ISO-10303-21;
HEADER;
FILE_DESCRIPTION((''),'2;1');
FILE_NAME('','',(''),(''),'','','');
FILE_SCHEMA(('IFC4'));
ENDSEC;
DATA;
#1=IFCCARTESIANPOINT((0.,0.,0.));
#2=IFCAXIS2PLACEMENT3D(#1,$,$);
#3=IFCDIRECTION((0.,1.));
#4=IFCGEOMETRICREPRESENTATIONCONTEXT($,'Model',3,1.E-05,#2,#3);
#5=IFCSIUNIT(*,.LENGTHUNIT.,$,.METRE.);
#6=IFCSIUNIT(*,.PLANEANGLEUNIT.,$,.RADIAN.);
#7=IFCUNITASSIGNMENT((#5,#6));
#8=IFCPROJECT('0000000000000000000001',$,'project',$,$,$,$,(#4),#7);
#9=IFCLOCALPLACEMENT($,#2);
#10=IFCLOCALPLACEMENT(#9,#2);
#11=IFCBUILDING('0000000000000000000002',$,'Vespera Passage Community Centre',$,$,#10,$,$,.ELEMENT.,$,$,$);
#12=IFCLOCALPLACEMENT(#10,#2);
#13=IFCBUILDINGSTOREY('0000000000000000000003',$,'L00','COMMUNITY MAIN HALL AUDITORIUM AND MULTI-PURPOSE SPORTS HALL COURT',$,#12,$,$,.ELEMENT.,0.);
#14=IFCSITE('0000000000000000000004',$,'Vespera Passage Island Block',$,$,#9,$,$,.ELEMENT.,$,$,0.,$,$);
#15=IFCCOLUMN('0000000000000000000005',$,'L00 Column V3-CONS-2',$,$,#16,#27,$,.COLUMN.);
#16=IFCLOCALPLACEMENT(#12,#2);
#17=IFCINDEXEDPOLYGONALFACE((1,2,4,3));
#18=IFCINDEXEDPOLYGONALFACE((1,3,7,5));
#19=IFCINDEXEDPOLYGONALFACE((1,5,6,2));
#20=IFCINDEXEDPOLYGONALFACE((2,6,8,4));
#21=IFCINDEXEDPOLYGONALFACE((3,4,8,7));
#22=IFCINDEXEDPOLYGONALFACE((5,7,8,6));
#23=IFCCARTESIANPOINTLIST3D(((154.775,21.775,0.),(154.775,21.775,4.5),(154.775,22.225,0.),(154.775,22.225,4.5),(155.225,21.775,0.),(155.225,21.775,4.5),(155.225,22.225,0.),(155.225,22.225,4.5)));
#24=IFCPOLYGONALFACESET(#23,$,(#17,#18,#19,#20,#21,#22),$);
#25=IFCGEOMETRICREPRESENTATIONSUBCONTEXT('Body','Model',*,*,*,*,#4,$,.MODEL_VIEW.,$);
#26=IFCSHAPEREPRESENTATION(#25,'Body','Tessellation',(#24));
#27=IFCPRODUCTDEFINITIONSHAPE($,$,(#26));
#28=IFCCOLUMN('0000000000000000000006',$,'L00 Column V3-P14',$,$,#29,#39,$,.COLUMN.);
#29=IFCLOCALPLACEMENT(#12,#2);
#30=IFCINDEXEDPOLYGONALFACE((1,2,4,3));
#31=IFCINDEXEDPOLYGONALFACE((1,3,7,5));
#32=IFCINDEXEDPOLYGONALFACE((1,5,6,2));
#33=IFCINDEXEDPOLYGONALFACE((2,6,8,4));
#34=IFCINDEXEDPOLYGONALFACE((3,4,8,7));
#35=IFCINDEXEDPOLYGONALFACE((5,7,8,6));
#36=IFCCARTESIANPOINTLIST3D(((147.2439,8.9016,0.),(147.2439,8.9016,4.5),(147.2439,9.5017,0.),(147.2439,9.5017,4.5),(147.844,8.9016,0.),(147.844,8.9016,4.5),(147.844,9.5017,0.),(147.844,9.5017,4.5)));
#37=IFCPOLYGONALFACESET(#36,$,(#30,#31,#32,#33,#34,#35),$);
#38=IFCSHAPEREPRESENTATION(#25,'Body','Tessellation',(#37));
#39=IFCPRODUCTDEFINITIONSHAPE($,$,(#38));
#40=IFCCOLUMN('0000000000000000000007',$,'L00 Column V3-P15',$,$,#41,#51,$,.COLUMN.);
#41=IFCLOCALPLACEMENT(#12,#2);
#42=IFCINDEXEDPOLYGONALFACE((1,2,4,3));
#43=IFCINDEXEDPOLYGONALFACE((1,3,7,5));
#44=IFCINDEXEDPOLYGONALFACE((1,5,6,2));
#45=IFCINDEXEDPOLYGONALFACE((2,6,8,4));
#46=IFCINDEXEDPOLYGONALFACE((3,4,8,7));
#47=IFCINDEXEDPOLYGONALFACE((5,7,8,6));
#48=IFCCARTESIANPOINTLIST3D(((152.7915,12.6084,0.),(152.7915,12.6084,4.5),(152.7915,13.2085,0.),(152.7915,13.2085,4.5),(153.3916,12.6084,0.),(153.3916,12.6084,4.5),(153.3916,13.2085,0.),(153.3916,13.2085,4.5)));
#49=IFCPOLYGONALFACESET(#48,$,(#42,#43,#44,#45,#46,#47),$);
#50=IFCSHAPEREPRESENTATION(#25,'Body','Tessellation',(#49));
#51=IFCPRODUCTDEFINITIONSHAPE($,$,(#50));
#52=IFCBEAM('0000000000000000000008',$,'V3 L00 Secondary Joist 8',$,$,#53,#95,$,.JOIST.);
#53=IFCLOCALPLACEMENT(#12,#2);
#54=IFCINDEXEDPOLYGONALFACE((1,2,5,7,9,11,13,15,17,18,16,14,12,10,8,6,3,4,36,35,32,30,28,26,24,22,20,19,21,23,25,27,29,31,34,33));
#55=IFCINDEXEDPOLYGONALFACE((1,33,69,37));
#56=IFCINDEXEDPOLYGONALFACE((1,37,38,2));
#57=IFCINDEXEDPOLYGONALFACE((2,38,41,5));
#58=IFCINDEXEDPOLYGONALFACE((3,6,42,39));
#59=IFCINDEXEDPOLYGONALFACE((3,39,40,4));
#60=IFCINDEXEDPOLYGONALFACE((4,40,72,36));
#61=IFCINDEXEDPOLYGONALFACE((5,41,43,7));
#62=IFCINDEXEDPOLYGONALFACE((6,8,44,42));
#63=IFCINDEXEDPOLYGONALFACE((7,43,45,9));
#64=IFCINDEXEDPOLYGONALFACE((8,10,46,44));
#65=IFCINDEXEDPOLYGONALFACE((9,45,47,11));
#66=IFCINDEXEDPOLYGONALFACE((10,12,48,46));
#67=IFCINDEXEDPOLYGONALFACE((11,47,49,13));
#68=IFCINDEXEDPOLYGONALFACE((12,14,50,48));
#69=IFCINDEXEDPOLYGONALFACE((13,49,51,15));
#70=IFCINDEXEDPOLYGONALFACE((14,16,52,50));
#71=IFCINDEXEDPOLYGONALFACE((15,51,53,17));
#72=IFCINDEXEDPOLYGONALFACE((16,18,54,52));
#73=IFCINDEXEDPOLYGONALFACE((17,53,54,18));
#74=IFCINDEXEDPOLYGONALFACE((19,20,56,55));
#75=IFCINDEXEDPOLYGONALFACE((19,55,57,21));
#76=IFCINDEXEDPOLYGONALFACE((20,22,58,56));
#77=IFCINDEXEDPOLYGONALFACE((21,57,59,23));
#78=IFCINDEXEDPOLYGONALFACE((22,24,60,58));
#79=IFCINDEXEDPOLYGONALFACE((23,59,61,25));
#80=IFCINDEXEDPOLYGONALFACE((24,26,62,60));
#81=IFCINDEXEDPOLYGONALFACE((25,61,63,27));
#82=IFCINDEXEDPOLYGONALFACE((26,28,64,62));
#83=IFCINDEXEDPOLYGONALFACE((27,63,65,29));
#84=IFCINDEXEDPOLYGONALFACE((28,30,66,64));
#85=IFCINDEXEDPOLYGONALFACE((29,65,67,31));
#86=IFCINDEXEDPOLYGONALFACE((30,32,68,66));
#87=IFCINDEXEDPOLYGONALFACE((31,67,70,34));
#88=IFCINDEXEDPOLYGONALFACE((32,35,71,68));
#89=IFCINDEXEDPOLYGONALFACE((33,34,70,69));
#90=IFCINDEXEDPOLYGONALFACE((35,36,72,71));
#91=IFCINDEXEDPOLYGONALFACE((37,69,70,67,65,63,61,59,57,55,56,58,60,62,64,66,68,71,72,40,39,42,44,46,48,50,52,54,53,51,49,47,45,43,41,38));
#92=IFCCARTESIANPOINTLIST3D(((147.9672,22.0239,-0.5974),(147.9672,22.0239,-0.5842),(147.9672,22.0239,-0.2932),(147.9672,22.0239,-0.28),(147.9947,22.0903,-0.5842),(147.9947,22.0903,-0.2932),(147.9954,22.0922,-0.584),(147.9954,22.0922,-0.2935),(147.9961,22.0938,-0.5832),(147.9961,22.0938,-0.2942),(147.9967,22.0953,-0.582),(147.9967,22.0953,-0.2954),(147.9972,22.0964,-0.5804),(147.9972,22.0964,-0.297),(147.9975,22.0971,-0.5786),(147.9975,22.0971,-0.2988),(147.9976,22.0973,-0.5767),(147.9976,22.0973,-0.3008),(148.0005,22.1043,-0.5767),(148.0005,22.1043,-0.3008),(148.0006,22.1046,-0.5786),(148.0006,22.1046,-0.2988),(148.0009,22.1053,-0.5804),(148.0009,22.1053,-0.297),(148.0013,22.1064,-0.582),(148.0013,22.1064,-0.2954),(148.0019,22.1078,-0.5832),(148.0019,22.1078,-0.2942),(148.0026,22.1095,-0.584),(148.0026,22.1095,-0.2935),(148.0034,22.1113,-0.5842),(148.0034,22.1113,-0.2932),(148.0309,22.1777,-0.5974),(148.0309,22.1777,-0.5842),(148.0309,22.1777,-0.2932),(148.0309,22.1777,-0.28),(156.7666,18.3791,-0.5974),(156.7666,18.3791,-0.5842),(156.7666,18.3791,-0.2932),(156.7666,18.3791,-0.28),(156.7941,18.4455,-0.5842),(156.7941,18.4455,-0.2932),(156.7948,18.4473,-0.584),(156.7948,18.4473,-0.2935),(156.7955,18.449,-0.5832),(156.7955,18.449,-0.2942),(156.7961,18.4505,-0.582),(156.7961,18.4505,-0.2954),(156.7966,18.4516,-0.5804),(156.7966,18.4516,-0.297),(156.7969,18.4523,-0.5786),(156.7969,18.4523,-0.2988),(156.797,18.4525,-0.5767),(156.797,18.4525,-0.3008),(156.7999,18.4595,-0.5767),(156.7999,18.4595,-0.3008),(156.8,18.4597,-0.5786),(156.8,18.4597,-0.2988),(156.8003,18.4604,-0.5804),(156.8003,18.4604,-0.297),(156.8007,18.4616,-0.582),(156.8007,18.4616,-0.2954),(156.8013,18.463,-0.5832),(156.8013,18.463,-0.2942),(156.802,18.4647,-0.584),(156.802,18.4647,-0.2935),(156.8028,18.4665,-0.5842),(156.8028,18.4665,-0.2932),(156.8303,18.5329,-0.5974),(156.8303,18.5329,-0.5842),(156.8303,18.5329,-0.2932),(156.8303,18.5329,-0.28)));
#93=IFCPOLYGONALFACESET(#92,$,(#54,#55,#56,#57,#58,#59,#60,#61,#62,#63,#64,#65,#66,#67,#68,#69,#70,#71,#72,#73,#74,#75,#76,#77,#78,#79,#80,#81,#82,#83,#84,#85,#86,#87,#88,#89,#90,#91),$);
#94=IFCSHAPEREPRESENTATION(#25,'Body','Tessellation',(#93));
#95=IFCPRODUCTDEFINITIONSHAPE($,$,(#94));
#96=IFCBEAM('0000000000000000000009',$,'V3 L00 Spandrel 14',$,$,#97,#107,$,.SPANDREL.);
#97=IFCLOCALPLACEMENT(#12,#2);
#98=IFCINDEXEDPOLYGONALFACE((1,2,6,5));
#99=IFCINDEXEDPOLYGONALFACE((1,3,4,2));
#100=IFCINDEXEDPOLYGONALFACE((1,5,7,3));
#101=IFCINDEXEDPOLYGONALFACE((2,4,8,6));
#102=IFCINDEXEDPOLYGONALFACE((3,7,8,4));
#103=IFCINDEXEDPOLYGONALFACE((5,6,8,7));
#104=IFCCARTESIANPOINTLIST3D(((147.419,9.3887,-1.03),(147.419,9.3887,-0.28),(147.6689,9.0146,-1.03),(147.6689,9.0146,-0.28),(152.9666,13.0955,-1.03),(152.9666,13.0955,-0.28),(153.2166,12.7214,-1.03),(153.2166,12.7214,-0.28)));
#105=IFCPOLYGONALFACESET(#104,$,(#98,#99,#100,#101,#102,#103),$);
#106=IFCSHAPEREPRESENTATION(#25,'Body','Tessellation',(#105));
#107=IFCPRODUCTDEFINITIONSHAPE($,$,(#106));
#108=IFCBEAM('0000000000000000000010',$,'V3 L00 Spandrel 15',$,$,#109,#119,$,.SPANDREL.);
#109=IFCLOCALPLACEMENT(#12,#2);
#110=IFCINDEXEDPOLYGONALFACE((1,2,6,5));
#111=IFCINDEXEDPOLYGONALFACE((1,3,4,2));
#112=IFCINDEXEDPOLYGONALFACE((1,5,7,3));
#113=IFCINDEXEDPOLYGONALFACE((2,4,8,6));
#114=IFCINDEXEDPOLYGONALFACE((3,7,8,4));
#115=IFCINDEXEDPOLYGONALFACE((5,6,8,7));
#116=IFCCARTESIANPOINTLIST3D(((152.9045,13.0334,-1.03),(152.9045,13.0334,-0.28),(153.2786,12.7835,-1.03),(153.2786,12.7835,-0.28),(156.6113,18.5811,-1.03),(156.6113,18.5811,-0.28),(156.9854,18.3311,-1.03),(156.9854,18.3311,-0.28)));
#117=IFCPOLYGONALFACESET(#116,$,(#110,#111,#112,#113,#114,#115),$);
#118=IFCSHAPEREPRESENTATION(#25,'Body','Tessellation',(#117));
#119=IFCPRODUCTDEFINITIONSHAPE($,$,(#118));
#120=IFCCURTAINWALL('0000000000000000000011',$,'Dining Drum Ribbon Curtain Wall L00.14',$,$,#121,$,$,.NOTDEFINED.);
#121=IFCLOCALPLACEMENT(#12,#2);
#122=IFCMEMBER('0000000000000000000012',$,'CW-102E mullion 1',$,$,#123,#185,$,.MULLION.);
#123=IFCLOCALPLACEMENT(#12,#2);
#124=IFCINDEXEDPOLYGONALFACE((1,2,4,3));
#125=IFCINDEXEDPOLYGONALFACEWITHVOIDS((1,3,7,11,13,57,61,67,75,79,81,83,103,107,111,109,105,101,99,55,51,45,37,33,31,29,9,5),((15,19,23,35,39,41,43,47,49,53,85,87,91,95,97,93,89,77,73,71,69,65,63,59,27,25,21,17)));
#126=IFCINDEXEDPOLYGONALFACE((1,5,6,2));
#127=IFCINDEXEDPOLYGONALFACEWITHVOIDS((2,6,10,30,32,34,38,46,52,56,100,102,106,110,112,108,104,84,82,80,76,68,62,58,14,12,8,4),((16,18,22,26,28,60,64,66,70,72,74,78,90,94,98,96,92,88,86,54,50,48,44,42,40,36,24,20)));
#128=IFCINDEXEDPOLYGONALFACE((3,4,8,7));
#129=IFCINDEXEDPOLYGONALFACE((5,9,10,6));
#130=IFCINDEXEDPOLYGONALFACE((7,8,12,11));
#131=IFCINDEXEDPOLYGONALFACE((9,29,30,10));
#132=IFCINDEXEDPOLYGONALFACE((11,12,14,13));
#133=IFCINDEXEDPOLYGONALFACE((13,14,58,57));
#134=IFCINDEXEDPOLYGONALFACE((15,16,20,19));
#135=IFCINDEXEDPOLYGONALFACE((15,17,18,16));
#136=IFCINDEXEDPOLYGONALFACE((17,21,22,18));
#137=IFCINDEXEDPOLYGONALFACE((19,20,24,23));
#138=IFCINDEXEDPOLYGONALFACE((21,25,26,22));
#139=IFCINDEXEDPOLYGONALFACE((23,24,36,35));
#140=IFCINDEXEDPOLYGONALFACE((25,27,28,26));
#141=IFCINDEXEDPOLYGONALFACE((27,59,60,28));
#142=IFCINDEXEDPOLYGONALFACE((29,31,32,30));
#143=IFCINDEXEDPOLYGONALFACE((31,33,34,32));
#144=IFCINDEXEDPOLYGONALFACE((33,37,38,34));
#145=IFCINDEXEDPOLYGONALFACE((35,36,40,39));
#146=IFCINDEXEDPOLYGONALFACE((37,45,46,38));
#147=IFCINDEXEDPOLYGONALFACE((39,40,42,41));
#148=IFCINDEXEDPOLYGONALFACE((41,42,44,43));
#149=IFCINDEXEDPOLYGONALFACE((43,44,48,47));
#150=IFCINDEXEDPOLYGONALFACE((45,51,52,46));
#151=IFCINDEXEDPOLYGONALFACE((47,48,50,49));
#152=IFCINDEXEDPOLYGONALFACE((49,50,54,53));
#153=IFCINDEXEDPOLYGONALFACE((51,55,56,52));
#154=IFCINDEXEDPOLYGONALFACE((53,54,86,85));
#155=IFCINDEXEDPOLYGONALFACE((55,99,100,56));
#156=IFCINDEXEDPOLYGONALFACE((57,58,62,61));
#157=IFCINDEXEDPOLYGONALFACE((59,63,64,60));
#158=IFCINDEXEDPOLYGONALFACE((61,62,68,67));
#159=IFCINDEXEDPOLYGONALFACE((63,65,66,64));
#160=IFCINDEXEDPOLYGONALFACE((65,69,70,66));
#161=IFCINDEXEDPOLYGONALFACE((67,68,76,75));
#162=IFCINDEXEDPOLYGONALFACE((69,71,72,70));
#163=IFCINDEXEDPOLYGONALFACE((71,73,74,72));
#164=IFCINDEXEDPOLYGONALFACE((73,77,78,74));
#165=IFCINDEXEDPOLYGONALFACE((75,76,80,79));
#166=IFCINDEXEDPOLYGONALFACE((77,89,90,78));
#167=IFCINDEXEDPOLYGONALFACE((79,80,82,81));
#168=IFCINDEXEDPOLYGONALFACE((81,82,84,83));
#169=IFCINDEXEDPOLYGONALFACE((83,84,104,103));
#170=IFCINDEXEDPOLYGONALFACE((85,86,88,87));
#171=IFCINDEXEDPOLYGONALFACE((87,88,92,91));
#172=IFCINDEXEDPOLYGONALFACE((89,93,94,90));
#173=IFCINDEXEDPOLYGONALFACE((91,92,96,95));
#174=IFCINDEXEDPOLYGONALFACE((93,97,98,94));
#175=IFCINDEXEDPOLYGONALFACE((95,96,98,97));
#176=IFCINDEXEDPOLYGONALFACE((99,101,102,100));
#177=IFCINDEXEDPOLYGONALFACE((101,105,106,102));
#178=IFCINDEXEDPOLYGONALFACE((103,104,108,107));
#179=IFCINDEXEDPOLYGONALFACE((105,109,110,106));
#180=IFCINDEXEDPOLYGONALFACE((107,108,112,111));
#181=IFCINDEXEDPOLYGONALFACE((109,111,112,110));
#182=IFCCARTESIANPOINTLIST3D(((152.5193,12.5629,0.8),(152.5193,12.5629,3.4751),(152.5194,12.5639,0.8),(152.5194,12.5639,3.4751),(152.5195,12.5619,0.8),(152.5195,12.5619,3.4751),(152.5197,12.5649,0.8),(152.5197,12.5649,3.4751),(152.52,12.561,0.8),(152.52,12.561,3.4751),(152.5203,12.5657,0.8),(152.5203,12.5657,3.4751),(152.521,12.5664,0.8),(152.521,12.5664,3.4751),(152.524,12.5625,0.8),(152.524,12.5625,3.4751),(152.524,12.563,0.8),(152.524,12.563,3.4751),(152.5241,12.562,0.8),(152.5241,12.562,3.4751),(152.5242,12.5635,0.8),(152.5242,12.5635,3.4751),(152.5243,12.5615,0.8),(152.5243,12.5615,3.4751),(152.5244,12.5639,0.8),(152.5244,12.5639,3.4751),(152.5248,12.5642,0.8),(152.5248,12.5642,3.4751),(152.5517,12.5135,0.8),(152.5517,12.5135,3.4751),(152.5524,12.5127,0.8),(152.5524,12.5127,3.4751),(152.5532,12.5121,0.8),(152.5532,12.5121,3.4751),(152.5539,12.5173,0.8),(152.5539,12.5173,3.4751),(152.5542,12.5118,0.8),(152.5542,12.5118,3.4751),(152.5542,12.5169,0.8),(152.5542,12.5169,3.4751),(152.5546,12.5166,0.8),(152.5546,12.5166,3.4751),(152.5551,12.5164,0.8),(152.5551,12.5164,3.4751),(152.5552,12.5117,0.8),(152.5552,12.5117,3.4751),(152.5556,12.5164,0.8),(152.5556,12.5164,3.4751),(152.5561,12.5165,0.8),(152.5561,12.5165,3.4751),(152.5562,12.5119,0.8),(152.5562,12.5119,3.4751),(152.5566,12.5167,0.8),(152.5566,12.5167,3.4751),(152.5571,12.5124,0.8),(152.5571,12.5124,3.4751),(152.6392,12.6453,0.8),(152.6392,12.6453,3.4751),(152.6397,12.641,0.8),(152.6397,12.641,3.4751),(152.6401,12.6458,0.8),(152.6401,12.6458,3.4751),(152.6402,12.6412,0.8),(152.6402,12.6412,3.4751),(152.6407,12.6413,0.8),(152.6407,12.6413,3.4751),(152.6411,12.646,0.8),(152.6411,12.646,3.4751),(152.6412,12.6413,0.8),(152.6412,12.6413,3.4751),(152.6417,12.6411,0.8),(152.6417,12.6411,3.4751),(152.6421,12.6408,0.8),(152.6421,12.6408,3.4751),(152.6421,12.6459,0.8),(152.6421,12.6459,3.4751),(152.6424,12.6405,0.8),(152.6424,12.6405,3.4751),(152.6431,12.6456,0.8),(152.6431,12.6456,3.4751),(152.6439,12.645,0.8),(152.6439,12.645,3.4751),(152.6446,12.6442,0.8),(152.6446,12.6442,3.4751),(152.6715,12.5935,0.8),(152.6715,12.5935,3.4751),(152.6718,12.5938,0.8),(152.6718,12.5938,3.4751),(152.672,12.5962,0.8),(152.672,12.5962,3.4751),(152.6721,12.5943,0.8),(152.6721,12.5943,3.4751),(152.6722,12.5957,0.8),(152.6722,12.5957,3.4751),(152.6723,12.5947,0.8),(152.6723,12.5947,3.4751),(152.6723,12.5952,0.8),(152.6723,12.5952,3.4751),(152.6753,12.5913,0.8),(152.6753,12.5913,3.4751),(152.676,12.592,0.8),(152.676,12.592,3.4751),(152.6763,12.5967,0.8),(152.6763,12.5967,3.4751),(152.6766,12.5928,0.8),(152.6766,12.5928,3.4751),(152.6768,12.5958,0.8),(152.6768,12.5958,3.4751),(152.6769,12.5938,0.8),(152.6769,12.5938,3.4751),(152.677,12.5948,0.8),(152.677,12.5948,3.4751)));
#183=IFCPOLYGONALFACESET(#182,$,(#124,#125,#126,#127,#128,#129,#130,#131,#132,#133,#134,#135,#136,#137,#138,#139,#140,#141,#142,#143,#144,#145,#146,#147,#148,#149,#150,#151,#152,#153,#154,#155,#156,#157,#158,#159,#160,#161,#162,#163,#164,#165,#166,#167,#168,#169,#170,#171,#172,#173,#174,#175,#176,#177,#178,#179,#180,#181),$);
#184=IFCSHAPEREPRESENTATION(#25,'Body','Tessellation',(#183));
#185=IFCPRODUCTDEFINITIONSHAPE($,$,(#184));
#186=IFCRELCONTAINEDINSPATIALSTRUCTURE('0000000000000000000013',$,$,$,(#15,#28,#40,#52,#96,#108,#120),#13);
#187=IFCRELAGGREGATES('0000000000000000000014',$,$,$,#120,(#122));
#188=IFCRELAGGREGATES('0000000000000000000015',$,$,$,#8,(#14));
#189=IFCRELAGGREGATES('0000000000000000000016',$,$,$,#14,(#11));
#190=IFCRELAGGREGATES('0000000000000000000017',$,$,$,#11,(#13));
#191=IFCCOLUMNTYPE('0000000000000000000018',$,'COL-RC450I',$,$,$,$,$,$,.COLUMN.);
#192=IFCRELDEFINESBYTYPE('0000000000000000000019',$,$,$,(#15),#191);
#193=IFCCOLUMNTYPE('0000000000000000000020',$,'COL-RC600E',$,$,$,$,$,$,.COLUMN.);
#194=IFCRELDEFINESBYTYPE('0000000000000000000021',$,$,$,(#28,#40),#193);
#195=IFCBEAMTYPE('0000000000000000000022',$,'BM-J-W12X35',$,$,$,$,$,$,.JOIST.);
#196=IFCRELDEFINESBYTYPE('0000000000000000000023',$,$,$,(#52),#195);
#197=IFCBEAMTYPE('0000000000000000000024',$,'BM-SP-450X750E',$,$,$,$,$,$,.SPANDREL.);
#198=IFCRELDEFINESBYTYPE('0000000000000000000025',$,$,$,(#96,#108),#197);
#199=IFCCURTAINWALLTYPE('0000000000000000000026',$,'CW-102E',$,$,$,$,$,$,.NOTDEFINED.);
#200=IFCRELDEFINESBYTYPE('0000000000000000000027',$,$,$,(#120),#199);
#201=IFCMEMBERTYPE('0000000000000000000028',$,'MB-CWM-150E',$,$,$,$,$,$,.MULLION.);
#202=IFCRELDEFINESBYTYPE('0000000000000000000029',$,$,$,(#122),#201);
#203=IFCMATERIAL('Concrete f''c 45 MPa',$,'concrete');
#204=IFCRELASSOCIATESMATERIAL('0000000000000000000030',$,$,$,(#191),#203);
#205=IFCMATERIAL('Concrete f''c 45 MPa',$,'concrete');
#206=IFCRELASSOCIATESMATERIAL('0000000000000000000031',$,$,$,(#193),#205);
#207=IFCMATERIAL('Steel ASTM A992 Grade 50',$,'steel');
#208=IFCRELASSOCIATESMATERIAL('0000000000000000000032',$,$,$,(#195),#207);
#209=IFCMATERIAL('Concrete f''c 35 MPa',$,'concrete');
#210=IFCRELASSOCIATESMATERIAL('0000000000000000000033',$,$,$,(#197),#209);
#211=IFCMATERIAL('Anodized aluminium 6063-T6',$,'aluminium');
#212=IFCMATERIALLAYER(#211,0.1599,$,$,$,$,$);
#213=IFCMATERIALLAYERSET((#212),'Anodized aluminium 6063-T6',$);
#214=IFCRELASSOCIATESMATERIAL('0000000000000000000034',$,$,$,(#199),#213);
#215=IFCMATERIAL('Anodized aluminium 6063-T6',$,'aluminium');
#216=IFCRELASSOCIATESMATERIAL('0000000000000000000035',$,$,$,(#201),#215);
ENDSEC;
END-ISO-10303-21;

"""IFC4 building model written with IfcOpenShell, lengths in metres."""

from ifc_helpers import new_model, si_unit, direction, frame, origin, origin_2d, place, context, subcontext, project, spatial, rectangle, hollow_rectangle, i_section, extrude, material, layer, layer_set, material_profile, profile_set, type_object, element, aggregate, save


model = new_model("IFC4")

# Units and contexts
model_context = context("Model", 3, precision=1e-05, world=origin(), true_north=direction((0.0, 1.0)))
body_context = subcontext(model_context, "Body", "Model", "MODEL_VIEW")
ifc_project = project(units=[si_unit("LENGTHUNIT", "METRE"), si_unit("PLANEANGLEUNIT", "RADIAN")], contexts=[model_context])

# Site, building, storey
site_placement = place(None, origin())
site = spatial("IfcSite", under=ifc_project, at=site_placement, Name="Vespera Passage Island Block", CompositionType="ELEMENT", RefElevation=0.0)
building_placement = place(site_placement, origin())
building = spatial("IfcBuilding", under=site, at=building_placement, Name="Vespera Passage Community Centre", CompositionType="ELEMENT")
storey_placement = place(building_placement, origin())
storey = spatial("IfcBuildingStorey", under=building, at=storey_placement, Name="L00", Description="COMMUNITY MAIN HALL AUDITORIUM AND MULTI-PURPOSE SPORTS HALL COURT", CompositionType="ELEMENT", Elevation=0.0)

# Columns
ifc_material_1 = material(Name="Concrete f'c 45 MPa", Category="concrete")
ifc_material_profile_1 = material_profile(ifc_material_1, rectangle(XDim=0.45, YDim=0.45, at=origin_2d()), Name="RC450X450")
ifc_profile_set_1 = profile_set([ifc_material_profile_1], Name="Concrete f'c 45 MPa")
column_type_1 = type_object("IfcColumnType", Name="COL-RC450I", PredefinedType="COLUMN", material=ifc_profile_set_1)
column_placement = place(storey_placement, frame((155.0, 22.0, 0.0), z_axis=(0.0, 0.0, 1.0), x_axis=(1.0, 0.0, 0.0)))
element("IfcColumn", 1, at=column_placement, inside=storey, type_object=column_type_1, Name="L00 Column V3-CONS-2", PredefinedType="COLUMN", context=body_context, shape_type="SweptSolid", body=[
    extrude(rectangle(XDim=0.45, YDim=0.45, at=origin_2d()), origin(), (0.0, 0.0, 1.0), 4.5),
])
ifc_material_2 = material(Name="Concrete f'c 45 MPa", Category="concrete")
ifc_material_profile_2 = material_profile(ifc_material_2, rectangle(XDim=0.6001, YDim=0.6001, at=origin_2d()), Name="RC600X600")
ifc_profile_set_2 = profile_set([ifc_material_profile_2], Name="Concrete f'c 45 MPa")
column_type_2 = type_object("IfcColumnType", Name="COL-RC600E", PredefinedType="COLUMN", material=ifc_profile_set_2)
for number, where, z_axis, x_axis, name in (
    (2, (147.5439, 9.2017, 0.0), (0.0, 0.0, 1.0), (1.0, 0.0, 0.0), "L00 Column V3-P14"),
    (3, (153.0916, 12.9084, 0.0), (0.0, 0.0, 1.0), (1.0, 0.0, 0.0), "L00 Column V3-P15"),
):
    element("IfcColumn", number, at=place(storey_placement, frame(where, z_axis=z_axis, x_axis=x_axis)), inside=storey, type_object=column_type_2, Name=name, PredefinedType="COLUMN", context=body_context, shape_type="SweptSolid", body=[
        extrude(rectangle(XDim=0.6001, YDim=0.6001, at=origin_2d()), origin(), (0.0, 0.0, 1.0), 4.5),
    ])

# Beams
ifc_material_3 = material(Name="Steel ASTM A992 Grade 50", Category="steel")
ifc_material_profile_3 = material_profile(ifc_material_3, i_section(OverallWidth=0.1665, OverallDepth=0.3174, WebThickness=0.0076, FlangeThickness=0.0132, FilletRadius=0.0076, at=origin_2d()), Name="W12X35")
ifc_profile_set_3 = profile_set([ifc_material_profile_3], Name="Steel ASTM A992 Grade 50")
beam_type_1 = type_object("IfcBeamType", Name="BM-J-W12X35", PredefinedType="JOIST", material=ifc_profile_set_3)
beam_placement = place(storey_placement, frame((147.999, 22.1008, -0.4387), z_axis=(0.92388, -0.382682, 0.0), x_axis=(0.382682, 0.92388, 0.0)))
element("IfcBeam", 4, at=beam_placement, inside=storey, type_object=beam_type_1, Name="V3 L00 Secondary Joist 8", PredefinedType="JOIST", context=body_context, shape_type="SweptSolid", body=[
    extrude(i_section(OverallWidth=0.1665, OverallDepth=0.3174, WebThickness=0.0076, FlangeThickness=0.0132, FilletRadius=0.0076, at=origin_2d()), origin(), (0.0, 0.0, 1.0), 9.5244),
])
ifc_material_4 = material(Name="Concrete f'c 35 MPa", Category="concrete")
ifc_material_profile_4 = material_profile(ifc_material_4, rectangle(XDim=0.45, YDim=0.75, at=origin_2d()), Name="RC450X750")
ifc_profile_set_4 = profile_set([ifc_material_profile_4], Name="Concrete f'c 35 MPa")
beam_type_2 = type_object("IfcBeamType", Name="BM-SP-450X750E", PredefinedType="SPANDREL", material=ifc_profile_set_4)
for number, where, z_axis, x_axis, name in (
    (5, (147.5439, 9.2017, -0.655), (0.83147, 0.55557, 0.0), (-0.55557, 0.83147, 0.0), "V3 L00 Spandrel 14"),
    (6, (153.0916, 12.9084, -0.655), (0.55557, 0.83147, 0.0), (-0.83147, 0.55557, 0.0), "V3 L00 Spandrel 15"),
):
    element("IfcBeam", number, at=place(storey_placement, frame(where, z_axis=z_axis, x_axis=x_axis)), inside=storey, type_object=beam_type_2, Name=name, PredefinedType="SPANDREL", context=body_context, shape_type="SweptSolid", body=[
        extrude(rectangle(XDim=0.45, YDim=0.75, at=origin_2d()), origin(), (0.0, 0.0, 1.0), 6.6721),
    ])

# Curtain wall, member
ifc_material_5 = material(Name="Anodized aluminium 6063-T6", Category="aluminium")
ifc_layer_1 = layer(ifc_material_5, 0.1599)
ifc_layer_set_1 = layer_set([ifc_layer_1], Name="Anodized aluminium 6063-T6")
curtain_wall_type = type_object("IfcCurtainWallType", Name="CW-102E", PredefinedType="NOTDEFINED", material=ifc_layer_set_1)
curtain_wall_placement = place(storey_placement, origin())
curtain_wall = element("IfcCurtainWall", 7, at=curtain_wall_placement, inside=storey, type_object=curtain_wall_type, Name="Dining Drum Ribbon Curtain Wall L00.14", PredefinedType="NOTDEFINED")
ifc_material_6 = material(Name="Anodized aluminium 6063-T6", Category="aluminium")
ifc_material_profile_5 = material_profile(ifc_material_6, hollow_rectangle(XDim=0.0649, YDim=0.1499, WallThickness=0.0039, InnerFilletRadius=0.002, OuterFilletRadius=0.0039, at=origin_2d()), Name="ALU150X65X4")
ifc_profile_set_5 = profile_set([ifc_material_profile_5], Name="Anodized aluminium 6063-T6")
member_type_1 = type_object("IfcMemberType", Name="MB-CWM-150E", PredefinedType="MULLION", material=ifc_profile_set_5)
member_1_placement = place(storey_placement, frame((152.5981, 12.5789, 0.8), z_axis=(0.0, 0.0, 1.0), x_axis=(0.555565, -0.831473, 0.0)))
member_1 = element("IfcMember", 8, at=member_1_placement, type_object=member_type_1, Name="CW-102E mullion 1", PredefinedType="MULLION", context=body_context, shape_type="SweptSolid", body=[
    extrude(hollow_rectangle(XDim=0.0649, YDim=0.1499, WallThickness=0.0039, InnerFilletRadius=0.002, OuterFilletRadius=0.0039, at=origin_2d()), origin(), (0.0, 0.0, 1.0), 2.675),
])
aggregate(curtain_wall, [member_1])

save(model, "model.ifc")
